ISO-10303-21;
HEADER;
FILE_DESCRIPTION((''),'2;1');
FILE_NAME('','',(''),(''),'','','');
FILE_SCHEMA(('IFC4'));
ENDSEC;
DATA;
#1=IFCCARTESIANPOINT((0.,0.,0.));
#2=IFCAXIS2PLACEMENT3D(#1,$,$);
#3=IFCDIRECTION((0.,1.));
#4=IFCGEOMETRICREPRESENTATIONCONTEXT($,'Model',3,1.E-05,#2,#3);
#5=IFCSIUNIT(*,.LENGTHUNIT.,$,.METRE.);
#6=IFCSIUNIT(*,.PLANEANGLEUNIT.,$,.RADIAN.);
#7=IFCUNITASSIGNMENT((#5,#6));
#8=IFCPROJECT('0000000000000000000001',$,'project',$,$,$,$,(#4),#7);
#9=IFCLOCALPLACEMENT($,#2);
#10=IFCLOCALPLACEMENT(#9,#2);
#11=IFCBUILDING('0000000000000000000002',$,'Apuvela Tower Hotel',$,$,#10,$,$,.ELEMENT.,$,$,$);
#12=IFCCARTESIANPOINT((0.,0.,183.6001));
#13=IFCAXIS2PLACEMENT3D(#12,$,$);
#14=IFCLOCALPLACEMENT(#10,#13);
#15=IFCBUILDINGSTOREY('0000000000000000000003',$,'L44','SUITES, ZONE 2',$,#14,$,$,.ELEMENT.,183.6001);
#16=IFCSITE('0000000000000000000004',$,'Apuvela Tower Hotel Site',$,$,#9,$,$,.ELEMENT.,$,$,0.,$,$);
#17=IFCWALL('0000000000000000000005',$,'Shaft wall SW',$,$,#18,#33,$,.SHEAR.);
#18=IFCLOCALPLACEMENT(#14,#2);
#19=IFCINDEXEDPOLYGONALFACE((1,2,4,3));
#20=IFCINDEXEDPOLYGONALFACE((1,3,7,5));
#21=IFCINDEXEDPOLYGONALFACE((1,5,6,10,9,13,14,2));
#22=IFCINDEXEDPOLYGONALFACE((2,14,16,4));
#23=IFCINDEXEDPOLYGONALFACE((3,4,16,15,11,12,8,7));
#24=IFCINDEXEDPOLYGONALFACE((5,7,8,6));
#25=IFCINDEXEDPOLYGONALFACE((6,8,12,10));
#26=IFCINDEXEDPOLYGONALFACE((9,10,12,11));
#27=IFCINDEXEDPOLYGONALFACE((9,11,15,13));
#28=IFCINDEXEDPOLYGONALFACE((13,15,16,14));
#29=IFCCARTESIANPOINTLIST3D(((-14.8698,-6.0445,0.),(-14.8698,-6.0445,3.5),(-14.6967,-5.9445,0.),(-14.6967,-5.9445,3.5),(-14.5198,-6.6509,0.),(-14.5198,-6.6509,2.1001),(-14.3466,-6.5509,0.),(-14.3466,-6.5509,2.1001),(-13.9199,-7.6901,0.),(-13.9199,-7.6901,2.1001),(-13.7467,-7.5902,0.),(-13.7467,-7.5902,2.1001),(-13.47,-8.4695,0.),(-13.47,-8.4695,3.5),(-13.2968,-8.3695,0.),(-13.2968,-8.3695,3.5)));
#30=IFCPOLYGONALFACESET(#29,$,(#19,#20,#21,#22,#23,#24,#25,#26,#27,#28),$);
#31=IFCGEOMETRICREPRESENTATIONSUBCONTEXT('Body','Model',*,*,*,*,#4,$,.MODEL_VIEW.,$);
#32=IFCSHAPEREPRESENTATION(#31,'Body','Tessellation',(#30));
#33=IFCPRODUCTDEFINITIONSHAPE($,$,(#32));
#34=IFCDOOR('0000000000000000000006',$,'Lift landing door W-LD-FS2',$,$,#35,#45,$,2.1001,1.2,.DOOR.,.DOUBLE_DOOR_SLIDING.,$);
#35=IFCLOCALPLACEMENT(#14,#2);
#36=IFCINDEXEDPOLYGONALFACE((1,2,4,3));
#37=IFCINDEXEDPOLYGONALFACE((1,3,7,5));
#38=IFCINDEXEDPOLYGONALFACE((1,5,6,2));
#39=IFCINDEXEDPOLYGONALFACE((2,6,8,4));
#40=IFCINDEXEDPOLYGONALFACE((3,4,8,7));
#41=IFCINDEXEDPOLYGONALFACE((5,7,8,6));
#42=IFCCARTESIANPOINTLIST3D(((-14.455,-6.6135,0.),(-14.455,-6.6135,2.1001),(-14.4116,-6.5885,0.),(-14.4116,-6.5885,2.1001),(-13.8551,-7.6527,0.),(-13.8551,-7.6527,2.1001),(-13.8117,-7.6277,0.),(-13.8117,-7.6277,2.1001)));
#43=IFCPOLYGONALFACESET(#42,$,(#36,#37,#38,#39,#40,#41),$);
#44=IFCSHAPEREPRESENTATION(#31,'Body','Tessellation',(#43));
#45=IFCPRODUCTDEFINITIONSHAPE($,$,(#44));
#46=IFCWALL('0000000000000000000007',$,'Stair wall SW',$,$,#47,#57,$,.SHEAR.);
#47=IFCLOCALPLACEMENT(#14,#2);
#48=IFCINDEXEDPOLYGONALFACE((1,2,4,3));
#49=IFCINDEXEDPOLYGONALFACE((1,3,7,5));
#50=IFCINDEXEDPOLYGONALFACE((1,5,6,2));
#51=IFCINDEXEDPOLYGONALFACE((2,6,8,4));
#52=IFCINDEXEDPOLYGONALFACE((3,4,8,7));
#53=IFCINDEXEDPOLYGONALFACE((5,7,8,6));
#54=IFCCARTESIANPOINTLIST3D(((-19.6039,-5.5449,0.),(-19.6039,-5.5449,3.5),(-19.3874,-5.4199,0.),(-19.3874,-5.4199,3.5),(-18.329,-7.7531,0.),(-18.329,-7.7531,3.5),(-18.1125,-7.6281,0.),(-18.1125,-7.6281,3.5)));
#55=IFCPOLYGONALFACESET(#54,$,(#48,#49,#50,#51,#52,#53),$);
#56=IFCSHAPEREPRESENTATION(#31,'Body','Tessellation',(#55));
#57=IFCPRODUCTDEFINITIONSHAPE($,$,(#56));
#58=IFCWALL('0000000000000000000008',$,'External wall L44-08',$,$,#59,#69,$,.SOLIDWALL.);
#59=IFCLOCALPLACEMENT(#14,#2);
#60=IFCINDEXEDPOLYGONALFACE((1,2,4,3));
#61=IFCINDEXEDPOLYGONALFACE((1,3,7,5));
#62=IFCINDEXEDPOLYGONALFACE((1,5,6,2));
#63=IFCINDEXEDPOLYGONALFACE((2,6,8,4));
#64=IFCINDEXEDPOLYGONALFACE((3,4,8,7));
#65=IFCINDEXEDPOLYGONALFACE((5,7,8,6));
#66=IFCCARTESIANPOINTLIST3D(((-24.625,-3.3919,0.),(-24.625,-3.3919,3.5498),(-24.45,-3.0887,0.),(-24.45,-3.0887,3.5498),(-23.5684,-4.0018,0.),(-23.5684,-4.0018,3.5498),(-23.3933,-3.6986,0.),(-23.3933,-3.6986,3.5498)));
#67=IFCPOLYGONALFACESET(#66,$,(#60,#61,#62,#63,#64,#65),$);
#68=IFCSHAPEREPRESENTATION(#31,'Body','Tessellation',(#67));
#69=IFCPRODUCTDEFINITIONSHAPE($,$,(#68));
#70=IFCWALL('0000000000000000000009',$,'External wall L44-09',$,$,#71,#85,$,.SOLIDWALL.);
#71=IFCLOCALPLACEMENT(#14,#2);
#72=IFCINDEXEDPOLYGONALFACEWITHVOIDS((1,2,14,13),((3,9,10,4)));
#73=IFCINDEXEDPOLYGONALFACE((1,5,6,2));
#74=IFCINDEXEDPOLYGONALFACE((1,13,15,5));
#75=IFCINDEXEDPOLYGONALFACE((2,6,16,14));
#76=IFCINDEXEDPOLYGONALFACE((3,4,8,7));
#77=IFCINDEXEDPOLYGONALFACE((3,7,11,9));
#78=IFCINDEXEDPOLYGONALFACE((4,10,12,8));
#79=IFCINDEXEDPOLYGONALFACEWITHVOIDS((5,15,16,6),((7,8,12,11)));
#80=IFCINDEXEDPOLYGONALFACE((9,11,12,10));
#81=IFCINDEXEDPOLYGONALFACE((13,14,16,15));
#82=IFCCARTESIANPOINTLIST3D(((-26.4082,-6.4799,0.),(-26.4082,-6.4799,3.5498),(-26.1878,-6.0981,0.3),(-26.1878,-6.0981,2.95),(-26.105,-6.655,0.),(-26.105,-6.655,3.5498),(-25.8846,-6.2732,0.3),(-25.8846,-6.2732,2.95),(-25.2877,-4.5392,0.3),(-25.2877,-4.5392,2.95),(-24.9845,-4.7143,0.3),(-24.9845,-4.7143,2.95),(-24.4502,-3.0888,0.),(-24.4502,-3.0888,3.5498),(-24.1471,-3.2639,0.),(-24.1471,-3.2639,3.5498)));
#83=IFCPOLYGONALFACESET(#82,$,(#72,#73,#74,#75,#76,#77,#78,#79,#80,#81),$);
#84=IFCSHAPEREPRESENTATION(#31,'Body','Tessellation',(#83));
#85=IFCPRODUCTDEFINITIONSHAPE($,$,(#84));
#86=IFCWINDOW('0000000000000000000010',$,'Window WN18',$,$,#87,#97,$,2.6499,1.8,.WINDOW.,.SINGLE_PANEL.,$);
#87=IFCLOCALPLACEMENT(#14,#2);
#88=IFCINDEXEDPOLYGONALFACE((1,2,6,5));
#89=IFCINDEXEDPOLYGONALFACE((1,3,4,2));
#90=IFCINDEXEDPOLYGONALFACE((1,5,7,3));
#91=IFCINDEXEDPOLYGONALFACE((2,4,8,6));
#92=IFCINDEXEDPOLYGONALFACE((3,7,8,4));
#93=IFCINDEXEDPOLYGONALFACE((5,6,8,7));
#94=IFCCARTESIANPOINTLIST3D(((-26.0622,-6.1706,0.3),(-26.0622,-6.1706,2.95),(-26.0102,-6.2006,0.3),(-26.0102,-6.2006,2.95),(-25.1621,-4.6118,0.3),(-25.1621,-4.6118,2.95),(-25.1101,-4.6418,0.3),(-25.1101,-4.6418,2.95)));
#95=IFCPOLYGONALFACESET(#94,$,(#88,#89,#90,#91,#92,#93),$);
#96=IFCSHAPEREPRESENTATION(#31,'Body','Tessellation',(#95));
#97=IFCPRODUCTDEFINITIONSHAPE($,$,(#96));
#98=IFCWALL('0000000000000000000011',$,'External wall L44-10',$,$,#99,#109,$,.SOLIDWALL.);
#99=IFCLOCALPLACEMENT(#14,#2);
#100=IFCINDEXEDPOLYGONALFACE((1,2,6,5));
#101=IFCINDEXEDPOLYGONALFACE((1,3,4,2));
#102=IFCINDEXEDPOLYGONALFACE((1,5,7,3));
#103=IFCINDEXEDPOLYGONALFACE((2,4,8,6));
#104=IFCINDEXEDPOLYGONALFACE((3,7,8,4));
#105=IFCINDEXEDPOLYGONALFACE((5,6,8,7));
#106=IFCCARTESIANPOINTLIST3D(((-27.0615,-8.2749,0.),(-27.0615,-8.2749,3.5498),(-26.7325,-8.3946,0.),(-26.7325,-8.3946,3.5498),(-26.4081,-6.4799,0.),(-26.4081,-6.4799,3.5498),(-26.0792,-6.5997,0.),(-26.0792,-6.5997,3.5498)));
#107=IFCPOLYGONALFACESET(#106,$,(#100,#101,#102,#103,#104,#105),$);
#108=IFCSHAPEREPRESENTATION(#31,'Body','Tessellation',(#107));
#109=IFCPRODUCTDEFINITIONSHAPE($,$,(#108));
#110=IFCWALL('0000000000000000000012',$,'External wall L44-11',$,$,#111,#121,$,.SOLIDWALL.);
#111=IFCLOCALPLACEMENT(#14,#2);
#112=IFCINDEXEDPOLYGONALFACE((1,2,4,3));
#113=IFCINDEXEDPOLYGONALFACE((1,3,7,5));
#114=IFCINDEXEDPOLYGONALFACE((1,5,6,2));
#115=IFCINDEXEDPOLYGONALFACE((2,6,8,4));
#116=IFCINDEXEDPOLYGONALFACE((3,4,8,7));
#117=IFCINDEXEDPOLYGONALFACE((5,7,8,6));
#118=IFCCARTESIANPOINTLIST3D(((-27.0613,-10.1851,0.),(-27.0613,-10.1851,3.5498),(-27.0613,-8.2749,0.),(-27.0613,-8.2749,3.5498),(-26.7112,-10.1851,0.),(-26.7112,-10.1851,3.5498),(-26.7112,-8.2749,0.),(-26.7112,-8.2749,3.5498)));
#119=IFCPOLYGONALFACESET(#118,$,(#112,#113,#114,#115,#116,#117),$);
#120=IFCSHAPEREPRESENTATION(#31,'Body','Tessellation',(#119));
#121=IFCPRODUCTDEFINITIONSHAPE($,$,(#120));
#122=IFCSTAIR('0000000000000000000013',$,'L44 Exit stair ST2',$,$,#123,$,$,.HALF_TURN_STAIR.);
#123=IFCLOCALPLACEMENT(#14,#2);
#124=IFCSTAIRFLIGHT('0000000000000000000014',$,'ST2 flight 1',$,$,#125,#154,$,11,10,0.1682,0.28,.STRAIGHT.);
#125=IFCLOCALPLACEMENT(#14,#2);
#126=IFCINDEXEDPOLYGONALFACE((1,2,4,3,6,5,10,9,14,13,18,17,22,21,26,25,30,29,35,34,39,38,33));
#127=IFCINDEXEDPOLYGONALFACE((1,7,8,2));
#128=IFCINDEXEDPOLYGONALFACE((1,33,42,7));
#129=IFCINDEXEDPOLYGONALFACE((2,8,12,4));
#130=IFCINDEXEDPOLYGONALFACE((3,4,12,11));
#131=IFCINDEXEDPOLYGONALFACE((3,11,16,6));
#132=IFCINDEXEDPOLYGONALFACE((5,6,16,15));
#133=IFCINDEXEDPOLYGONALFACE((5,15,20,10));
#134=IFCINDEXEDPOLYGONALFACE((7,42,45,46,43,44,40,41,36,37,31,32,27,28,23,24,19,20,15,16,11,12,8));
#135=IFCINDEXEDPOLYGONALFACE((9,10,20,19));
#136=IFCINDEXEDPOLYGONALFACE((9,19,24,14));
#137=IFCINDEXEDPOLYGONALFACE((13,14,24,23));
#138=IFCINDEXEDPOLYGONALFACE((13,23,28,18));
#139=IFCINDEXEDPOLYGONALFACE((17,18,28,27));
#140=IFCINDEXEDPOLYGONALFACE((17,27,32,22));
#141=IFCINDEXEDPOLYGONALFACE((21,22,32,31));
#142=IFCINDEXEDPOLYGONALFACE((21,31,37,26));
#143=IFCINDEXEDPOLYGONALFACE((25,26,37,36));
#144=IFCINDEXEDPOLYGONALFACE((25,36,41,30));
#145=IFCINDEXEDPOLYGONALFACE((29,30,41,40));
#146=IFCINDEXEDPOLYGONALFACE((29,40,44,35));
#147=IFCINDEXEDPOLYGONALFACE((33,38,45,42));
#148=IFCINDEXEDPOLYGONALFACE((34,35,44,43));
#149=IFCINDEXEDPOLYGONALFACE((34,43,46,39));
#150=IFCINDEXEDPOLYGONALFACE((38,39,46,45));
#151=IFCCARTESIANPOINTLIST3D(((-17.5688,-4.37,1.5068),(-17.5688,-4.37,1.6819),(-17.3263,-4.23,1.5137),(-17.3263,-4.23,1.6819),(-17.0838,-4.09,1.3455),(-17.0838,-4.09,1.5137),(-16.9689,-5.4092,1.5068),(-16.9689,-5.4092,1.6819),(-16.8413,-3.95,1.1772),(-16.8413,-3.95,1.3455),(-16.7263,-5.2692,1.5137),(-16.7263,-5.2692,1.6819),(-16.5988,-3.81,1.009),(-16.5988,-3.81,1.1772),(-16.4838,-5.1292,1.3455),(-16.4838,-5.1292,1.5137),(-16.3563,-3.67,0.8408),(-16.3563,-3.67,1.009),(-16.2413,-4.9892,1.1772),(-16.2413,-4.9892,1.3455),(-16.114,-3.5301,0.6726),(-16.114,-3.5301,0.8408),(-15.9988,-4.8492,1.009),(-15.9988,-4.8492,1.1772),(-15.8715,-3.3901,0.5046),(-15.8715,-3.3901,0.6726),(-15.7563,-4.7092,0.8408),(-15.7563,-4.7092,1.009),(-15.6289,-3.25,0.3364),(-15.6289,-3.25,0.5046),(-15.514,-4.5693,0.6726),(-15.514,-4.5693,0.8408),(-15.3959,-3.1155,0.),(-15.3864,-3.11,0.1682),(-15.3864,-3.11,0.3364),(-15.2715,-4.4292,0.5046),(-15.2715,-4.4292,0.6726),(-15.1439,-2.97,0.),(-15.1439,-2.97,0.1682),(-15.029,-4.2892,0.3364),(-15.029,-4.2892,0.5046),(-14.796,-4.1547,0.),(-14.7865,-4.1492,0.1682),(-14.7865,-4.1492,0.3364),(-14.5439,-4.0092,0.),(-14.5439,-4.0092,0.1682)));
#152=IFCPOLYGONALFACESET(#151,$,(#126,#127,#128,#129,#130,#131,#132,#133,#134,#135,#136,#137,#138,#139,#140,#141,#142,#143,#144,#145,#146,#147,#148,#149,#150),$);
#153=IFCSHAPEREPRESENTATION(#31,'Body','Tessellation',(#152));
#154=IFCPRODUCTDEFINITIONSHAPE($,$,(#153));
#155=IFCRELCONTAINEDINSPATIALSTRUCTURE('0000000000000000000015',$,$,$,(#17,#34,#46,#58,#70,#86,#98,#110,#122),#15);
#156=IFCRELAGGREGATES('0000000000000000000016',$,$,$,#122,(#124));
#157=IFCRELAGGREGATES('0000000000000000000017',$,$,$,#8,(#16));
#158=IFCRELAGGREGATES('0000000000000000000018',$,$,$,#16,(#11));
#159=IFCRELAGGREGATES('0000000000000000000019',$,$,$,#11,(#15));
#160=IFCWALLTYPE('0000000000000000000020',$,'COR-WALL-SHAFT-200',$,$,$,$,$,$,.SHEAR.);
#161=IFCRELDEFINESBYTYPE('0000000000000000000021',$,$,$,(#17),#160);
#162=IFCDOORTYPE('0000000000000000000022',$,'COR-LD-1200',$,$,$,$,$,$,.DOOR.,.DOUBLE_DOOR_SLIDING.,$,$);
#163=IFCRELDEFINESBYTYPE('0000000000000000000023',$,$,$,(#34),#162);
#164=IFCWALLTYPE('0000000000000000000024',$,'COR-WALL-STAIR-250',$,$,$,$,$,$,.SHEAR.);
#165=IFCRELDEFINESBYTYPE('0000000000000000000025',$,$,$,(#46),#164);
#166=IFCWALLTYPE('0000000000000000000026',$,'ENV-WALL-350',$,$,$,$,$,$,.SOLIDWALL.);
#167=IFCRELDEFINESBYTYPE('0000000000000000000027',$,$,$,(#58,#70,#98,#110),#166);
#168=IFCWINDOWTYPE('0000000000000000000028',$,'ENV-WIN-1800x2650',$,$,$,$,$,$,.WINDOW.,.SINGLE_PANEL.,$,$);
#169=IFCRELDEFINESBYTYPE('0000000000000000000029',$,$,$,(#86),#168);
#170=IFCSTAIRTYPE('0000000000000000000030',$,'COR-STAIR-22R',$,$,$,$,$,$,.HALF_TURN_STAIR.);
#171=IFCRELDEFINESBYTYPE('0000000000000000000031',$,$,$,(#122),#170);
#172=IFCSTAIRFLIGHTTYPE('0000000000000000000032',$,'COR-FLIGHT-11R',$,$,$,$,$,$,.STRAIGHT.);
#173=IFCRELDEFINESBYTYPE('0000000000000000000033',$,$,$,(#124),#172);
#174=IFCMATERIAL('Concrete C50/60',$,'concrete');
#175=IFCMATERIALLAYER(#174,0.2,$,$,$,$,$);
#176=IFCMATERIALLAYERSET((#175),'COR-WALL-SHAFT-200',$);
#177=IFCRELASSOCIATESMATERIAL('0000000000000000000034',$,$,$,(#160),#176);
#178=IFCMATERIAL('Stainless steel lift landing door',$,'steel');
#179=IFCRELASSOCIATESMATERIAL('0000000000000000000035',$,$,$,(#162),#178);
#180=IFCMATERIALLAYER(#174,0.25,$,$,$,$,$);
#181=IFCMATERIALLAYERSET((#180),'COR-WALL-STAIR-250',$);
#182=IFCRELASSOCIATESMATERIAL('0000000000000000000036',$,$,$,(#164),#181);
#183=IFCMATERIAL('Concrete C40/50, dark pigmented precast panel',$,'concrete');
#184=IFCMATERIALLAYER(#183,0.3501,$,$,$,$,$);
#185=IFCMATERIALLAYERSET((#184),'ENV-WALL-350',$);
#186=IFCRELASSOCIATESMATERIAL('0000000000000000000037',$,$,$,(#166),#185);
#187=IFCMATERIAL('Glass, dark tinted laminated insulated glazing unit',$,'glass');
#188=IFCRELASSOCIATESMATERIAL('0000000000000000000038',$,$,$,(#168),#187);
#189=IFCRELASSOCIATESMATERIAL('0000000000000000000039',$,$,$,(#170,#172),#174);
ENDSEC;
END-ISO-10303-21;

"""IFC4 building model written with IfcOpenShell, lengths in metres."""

from ifc_helpers import new_model, si_unit, direction, frame, frame_2d, origin, place, context, subcontext, project, spatial, polyline, rectangle, outline, extrude, material, layer, layer_set, type_object, element, fill, aggregate, save


model = new_model("IFC4")

# Units and contexts
model_context = context("Model", 3, precision=1e-05, world=origin(), true_north=direction((0.0, 1.0)))
body_context = subcontext(model_context, "Body", "Model", "MODEL_VIEW")
ifc_project = project(units=[si_unit("LENGTHUNIT", "METRE"), si_unit("PLANEANGLEUNIT", "RADIAN")], contexts=[model_context])

# Site, building, storey
site_placement = place(None, origin())
site = spatial("IfcSite", under=ifc_project, at=site_placement, Name="Apuvela Tower Hotel Site", CompositionType="ELEMENT", RefElevation=0.0)
building_placement = place(site_placement, origin())
building = spatial("IfcBuilding", under=site, at=building_placement, Name="Apuvela Tower Hotel", CompositionType="ELEMENT")
storey_placement = place(building_placement, frame((0.0, 0.0, 183.6001)))
storey = spatial("IfcBuildingStorey", under=building, at=storey_placement, Name="L44", Description="SUITES, ZONE 2", CompositionType="ELEMENT", Elevation=183.6001)

# Shared definitions
ifc_material_1 = material(Name="Concrete C50/60", Category="concrete")
ifc_layer_1 = layer(ifc_material_1, 0.2)
ifc_layer_set_1 = layer_set([ifc_layer_1], Name="COR-WALL-SHAFT-200")
wall_type_1 = type_object("IfcWallType", Name="COR-WALL-SHAFT-200", PredefinedType="SHEAR", material=ifc_layer_set_1)

# Wall, opening, door
wall_1_placement = place(storey_placement, frame((-14.7832, -5.9946, 0.0), z_axis=(0.0, 0.0, 1.0), x_axis=(0.499946, -0.866056, 0.0)))
wall_1 = element("IfcWall", 1, at=wall_1_placement, inside=storey, type_object=wall_type_1, Name="Shaft wall SW", PredefinedType="SHEAR", context=body_context, shape_type="SweptSolid", body=[
    extrude(rectangle(XDim=2.8, YDim=0.2, at=frame_2d((1.3999, 0.0))), origin(), (0.0, 0.0, 1.0), 3.5),
])
opening_1_placement = place(wall_1_placement, frame((0.7, 0.0, 0.0)))
opening_1 = element("IfcOpeningElement", 2, at=opening_1_placement, cuts=wall_1, PredefinedType="OPENING", context=body_context, shape_type="SweptSolid", body=[
    extrude(rectangle(XDim=1.2, YDim=2.1001, at=frame_2d((0.6001, 1.05))), frame((0.0, 0.1099, 0.0), z_axis=(0.0, -1.0, 0.0), x_axis=(1.0, 0.0, 0.0)), (0.0, 0.0, 1.0), 0.22),
])
ifc_material_2 = material(Name="Stainless steel lift landing door", Category="steel")
door_type_1 = type_object("IfcDoorType", Name="COR-LD-1200", OperationType="DOUBLE_DOOR_SLIDING", PredefinedType="DOOR", material=ifc_material_2)
door_1_placement = place(opening_1_placement, origin())
door_1 = element("IfcDoor", 3, at=door_1_placement, inside=storey, type_object=door_type_1, Name="Lift landing door W-LD-FS2", OperationType="DOUBLE_DOOR_SLIDING", OverallHeight=2.1001, OverallWidth=1.2, PredefinedType="DOOR", context=body_context, shape_type="SweptSolid", body=[
    extrude(rectangle(XDim=1.2, YDim=2.1001, at=frame_2d((0.6001, 1.05))), frame((0.0, 0.0249, 0.0), z_axis=(0.0, -1.0, 0.0), x_axis=(1.0, 0.0, 0.0)), (0.0, 0.0, 1.0), 0.05),
])
fill(opening_1, door_1)

# Walls
ifc_layer_2 = layer(ifc_material_1, 0.25)
ifc_layer_set_2 = layer_set([ifc_layer_2], Name="COR-WALL-STAIR-250")
wall_type_2 = type_object("IfcWallType", Name="COR-WALL-STAIR-250", PredefinedType="SHEAR", material=ifc_layer_set_2)
wall_2_placement = place(storey_placement, frame((-19.4956, -5.4824, 0.0), z_axis=(0.0, 0.0, 1.0), x_axis=(0.49999, -0.866031, 0.0)))
element("IfcWall", 4, at=wall_2_placement, inside=storey, type_object=wall_type_2, Name="Stair wall SW", PredefinedType="SHEAR", context=body_context, shape_type="SweptSolid", body=[
    extrude(rectangle(XDim=2.5498, YDim=0.25, at=frame_2d((1.2749, 0.0))), origin(), (0.0, 0.0, 1.0), 3.5),
])
ifc_material_3 = material(Name="Concrete C40/50, dark pigmented precast panel", Category="concrete")
ifc_layer_3 = layer(ifc_material_3, 0.3501)
ifc_layer_set_3 = layer_set([ifc_layer_3], Name="ENV-WALL-350")
wall_type_3 = type_object("IfcWallType", Name="ENV-WALL-350", PredefinedType="SOLIDWALL", material=ifc_layer_set_3)
wall_3_placement = place(storey_placement, frame((-23.481, -3.8501, 0.0), z_axis=(0.0, 0.0, 1.0), x_axis=(-0.866092, 0.499884, 0.0)))
element("IfcWall", 5, at=wall_3_placement, inside=storey, type_object=wall_type_3, Name="External wall L44-08", PredefinedType="SOLIDWALL", context=body_context, shape_type="SweptSolid", body=[
    extrude(rectangle(XDim=1.22, YDim=0.3501, at=frame_2d((0.6099, 0.0))), origin(), (0.0, 0.0, 1.0), 3.5498),
])

# Wall, opening, window
wall_4_placement = place(storey_placement, frame((-24.2986, -3.1763, 0.0), z_axis=(0.0, 0.0, 1.0), x_axis=(-0.500028, -0.866009, 0.0)))
wall_4 = element("IfcWall", 6, at=wall_4_placement, inside=storey, type_object=wall_type_3, Name="External wall L44-09", PredefinedType="SOLIDWALL", context=body_context, shape_type="SweptSolid", body=[
    extrude(rectangle(XDim=3.9158, YDim=0.3501, at=frame_2d((1.958, 0.0))), origin(), (0.0, 0.0, 1.0), 3.5498),
])
opening_2_placement = place(wall_4_placement, frame((1.675, 0.0, 0.3)))
opening_2 = element("IfcOpeningElement", 7, at=opening_2_placement, cuts=wall_4, PredefinedType="OPENING", context=body_context, shape_type="SweptSolid", body=[
    extrude(rectangle(XDim=1.8, YDim=2.6499, at=frame_2d((0.8999, 1.325))), frame((0.0, 0.1851, 0.0), z_axis=(0.0, -1.0, 0.0), x_axis=(1.0, 0.0, 0.0)), (0.0, 0.0, 1.0), 0.3701),
])
ifc_material_4 = material(Name="Glass, dark tinted laminated insulated glazing unit", Category="glass")
window_type = type_object("IfcWindowType", Name="ENV-WIN-1800x2650", PartitioningType="SINGLE_PANEL", PredefinedType="WINDOW", material=ifc_material_4)
window_placement = place(opening_2_placement, origin())
window = element("IfcWindow", 8, at=window_placement, inside=storey, type_object=window_type, Name="Window WN18", OverallHeight=2.6499, OverallWidth=1.8, PartitioningType="SINGLE_PANEL", PredefinedType="WINDOW", context=body_context, shape_type="SweptSolid", body=[
    extrude(rectangle(XDim=1.8, YDim=2.6499, at=frame_2d((0.8999, 1.325))), frame((0.0, 0.03, 0.0), z_axis=(0.0, -1.0, 0.0), x_axis=(1.0, 0.0, 0.0)), (0.0, 0.0, 1.0), 0.0601),
])
fill(opening_2, window)

# Walls
for number, where, z_axis, x_axis, name in (
    (9, (-26.2437, -6.5398, 0.0), (0.0, 0.0, 1.0), (-0.34203, -0.939689, 0.0), "External wall L44-10"),
    (10, (-26.8862, -8.2749, 0.0), (0.0, 0.0, 1.0), (0.0, -1.0, 0.0), "External wall L44-11"),
):
    element("IfcWall", number, at=place(storey_placement, frame(where, z_axis=z_axis, x_axis=x_axis)), inside=storey, type_object=wall_type_3, Name=name, PredefinedType="SOLIDWALL", context=body_context, shape_type="SweptSolid", body=[
        extrude(rectangle(XDim=1.9102, YDim=0.3501, at=frame_2d((0.9551, 0.0))), origin(), (0.0, 0.0, 1.0), 3.5498),
    ])

# Stair, stair flight
stair_type = type_object("IfcStairType", Name="COR-STAIR-22R", PredefinedType="HALF_TURN_STAIR", material=ifc_material_1)
stair_placement = place(storey_placement, origin())
stair = element("IfcStair", 11, at=stair_placement, inside=storey, type_object=stair_type, Name="L44 Exit stair ST2", PredefinedType="HALF_TURN_STAIR")
stair_flight_type = type_object("IfcStairFlightType", Name="COR-FLIGHT-11R", PredefinedType="STRAIGHT", material=ifc_material_1)
stair_flight_1_placement = place(storey_placement, frame((-14.844, -3.4895, 0.0), z_axis=(0.0, 0.0, 1.0), x_axis=(-0.866025, -0.5, 0.0)))
stair_flight_1 = element("IfcStairFlight", 12, at=stair_flight_1_placement, type_object=stair_flight_type, Name="ST2 flight 1", NumberOfRisers=11, NumberOfTreads=10, PredefinedType="STRAIGHT", RiserHeight=0.1682, TreadLength=0.28, context=body_context, shape_type="SweptSolid", body=[
    extrude(outline(polyline([(0.0, 0.0), (0.0, 0.1682), (0.28, 0.1682), (0.28, 0.3364), (0.5601, 0.3364), (0.5601, 0.5046), (0.8401, 0.5046), (0.8401, 0.6726), (1.1201, 0.6726), (1.1201, 0.8408), (1.3999, 0.8408), (1.3999, 1.009), (1.6799, 1.009), (1.6799, 1.1772), (1.96, 1.1772), (1.96, 1.3455), (2.24, 1.3455), (2.24, 1.5137), (2.52, 1.5137), (2.52, 1.6819), (2.8, 1.6819), (2.8, 1.8501), (2.8, 1.5068), (0.291, 0.0), (0.0, 0.0)])), frame((0.0, 0.6001, 0.0), z_axis=(0.0, -1.0, 0.0), x_axis=(1.0, 0.0, 0.0)), (0.0, 0.0, 1.0), 1.2),
])
aggregate(stair, [stair_flight_1])

save(model, "model.ifc")
